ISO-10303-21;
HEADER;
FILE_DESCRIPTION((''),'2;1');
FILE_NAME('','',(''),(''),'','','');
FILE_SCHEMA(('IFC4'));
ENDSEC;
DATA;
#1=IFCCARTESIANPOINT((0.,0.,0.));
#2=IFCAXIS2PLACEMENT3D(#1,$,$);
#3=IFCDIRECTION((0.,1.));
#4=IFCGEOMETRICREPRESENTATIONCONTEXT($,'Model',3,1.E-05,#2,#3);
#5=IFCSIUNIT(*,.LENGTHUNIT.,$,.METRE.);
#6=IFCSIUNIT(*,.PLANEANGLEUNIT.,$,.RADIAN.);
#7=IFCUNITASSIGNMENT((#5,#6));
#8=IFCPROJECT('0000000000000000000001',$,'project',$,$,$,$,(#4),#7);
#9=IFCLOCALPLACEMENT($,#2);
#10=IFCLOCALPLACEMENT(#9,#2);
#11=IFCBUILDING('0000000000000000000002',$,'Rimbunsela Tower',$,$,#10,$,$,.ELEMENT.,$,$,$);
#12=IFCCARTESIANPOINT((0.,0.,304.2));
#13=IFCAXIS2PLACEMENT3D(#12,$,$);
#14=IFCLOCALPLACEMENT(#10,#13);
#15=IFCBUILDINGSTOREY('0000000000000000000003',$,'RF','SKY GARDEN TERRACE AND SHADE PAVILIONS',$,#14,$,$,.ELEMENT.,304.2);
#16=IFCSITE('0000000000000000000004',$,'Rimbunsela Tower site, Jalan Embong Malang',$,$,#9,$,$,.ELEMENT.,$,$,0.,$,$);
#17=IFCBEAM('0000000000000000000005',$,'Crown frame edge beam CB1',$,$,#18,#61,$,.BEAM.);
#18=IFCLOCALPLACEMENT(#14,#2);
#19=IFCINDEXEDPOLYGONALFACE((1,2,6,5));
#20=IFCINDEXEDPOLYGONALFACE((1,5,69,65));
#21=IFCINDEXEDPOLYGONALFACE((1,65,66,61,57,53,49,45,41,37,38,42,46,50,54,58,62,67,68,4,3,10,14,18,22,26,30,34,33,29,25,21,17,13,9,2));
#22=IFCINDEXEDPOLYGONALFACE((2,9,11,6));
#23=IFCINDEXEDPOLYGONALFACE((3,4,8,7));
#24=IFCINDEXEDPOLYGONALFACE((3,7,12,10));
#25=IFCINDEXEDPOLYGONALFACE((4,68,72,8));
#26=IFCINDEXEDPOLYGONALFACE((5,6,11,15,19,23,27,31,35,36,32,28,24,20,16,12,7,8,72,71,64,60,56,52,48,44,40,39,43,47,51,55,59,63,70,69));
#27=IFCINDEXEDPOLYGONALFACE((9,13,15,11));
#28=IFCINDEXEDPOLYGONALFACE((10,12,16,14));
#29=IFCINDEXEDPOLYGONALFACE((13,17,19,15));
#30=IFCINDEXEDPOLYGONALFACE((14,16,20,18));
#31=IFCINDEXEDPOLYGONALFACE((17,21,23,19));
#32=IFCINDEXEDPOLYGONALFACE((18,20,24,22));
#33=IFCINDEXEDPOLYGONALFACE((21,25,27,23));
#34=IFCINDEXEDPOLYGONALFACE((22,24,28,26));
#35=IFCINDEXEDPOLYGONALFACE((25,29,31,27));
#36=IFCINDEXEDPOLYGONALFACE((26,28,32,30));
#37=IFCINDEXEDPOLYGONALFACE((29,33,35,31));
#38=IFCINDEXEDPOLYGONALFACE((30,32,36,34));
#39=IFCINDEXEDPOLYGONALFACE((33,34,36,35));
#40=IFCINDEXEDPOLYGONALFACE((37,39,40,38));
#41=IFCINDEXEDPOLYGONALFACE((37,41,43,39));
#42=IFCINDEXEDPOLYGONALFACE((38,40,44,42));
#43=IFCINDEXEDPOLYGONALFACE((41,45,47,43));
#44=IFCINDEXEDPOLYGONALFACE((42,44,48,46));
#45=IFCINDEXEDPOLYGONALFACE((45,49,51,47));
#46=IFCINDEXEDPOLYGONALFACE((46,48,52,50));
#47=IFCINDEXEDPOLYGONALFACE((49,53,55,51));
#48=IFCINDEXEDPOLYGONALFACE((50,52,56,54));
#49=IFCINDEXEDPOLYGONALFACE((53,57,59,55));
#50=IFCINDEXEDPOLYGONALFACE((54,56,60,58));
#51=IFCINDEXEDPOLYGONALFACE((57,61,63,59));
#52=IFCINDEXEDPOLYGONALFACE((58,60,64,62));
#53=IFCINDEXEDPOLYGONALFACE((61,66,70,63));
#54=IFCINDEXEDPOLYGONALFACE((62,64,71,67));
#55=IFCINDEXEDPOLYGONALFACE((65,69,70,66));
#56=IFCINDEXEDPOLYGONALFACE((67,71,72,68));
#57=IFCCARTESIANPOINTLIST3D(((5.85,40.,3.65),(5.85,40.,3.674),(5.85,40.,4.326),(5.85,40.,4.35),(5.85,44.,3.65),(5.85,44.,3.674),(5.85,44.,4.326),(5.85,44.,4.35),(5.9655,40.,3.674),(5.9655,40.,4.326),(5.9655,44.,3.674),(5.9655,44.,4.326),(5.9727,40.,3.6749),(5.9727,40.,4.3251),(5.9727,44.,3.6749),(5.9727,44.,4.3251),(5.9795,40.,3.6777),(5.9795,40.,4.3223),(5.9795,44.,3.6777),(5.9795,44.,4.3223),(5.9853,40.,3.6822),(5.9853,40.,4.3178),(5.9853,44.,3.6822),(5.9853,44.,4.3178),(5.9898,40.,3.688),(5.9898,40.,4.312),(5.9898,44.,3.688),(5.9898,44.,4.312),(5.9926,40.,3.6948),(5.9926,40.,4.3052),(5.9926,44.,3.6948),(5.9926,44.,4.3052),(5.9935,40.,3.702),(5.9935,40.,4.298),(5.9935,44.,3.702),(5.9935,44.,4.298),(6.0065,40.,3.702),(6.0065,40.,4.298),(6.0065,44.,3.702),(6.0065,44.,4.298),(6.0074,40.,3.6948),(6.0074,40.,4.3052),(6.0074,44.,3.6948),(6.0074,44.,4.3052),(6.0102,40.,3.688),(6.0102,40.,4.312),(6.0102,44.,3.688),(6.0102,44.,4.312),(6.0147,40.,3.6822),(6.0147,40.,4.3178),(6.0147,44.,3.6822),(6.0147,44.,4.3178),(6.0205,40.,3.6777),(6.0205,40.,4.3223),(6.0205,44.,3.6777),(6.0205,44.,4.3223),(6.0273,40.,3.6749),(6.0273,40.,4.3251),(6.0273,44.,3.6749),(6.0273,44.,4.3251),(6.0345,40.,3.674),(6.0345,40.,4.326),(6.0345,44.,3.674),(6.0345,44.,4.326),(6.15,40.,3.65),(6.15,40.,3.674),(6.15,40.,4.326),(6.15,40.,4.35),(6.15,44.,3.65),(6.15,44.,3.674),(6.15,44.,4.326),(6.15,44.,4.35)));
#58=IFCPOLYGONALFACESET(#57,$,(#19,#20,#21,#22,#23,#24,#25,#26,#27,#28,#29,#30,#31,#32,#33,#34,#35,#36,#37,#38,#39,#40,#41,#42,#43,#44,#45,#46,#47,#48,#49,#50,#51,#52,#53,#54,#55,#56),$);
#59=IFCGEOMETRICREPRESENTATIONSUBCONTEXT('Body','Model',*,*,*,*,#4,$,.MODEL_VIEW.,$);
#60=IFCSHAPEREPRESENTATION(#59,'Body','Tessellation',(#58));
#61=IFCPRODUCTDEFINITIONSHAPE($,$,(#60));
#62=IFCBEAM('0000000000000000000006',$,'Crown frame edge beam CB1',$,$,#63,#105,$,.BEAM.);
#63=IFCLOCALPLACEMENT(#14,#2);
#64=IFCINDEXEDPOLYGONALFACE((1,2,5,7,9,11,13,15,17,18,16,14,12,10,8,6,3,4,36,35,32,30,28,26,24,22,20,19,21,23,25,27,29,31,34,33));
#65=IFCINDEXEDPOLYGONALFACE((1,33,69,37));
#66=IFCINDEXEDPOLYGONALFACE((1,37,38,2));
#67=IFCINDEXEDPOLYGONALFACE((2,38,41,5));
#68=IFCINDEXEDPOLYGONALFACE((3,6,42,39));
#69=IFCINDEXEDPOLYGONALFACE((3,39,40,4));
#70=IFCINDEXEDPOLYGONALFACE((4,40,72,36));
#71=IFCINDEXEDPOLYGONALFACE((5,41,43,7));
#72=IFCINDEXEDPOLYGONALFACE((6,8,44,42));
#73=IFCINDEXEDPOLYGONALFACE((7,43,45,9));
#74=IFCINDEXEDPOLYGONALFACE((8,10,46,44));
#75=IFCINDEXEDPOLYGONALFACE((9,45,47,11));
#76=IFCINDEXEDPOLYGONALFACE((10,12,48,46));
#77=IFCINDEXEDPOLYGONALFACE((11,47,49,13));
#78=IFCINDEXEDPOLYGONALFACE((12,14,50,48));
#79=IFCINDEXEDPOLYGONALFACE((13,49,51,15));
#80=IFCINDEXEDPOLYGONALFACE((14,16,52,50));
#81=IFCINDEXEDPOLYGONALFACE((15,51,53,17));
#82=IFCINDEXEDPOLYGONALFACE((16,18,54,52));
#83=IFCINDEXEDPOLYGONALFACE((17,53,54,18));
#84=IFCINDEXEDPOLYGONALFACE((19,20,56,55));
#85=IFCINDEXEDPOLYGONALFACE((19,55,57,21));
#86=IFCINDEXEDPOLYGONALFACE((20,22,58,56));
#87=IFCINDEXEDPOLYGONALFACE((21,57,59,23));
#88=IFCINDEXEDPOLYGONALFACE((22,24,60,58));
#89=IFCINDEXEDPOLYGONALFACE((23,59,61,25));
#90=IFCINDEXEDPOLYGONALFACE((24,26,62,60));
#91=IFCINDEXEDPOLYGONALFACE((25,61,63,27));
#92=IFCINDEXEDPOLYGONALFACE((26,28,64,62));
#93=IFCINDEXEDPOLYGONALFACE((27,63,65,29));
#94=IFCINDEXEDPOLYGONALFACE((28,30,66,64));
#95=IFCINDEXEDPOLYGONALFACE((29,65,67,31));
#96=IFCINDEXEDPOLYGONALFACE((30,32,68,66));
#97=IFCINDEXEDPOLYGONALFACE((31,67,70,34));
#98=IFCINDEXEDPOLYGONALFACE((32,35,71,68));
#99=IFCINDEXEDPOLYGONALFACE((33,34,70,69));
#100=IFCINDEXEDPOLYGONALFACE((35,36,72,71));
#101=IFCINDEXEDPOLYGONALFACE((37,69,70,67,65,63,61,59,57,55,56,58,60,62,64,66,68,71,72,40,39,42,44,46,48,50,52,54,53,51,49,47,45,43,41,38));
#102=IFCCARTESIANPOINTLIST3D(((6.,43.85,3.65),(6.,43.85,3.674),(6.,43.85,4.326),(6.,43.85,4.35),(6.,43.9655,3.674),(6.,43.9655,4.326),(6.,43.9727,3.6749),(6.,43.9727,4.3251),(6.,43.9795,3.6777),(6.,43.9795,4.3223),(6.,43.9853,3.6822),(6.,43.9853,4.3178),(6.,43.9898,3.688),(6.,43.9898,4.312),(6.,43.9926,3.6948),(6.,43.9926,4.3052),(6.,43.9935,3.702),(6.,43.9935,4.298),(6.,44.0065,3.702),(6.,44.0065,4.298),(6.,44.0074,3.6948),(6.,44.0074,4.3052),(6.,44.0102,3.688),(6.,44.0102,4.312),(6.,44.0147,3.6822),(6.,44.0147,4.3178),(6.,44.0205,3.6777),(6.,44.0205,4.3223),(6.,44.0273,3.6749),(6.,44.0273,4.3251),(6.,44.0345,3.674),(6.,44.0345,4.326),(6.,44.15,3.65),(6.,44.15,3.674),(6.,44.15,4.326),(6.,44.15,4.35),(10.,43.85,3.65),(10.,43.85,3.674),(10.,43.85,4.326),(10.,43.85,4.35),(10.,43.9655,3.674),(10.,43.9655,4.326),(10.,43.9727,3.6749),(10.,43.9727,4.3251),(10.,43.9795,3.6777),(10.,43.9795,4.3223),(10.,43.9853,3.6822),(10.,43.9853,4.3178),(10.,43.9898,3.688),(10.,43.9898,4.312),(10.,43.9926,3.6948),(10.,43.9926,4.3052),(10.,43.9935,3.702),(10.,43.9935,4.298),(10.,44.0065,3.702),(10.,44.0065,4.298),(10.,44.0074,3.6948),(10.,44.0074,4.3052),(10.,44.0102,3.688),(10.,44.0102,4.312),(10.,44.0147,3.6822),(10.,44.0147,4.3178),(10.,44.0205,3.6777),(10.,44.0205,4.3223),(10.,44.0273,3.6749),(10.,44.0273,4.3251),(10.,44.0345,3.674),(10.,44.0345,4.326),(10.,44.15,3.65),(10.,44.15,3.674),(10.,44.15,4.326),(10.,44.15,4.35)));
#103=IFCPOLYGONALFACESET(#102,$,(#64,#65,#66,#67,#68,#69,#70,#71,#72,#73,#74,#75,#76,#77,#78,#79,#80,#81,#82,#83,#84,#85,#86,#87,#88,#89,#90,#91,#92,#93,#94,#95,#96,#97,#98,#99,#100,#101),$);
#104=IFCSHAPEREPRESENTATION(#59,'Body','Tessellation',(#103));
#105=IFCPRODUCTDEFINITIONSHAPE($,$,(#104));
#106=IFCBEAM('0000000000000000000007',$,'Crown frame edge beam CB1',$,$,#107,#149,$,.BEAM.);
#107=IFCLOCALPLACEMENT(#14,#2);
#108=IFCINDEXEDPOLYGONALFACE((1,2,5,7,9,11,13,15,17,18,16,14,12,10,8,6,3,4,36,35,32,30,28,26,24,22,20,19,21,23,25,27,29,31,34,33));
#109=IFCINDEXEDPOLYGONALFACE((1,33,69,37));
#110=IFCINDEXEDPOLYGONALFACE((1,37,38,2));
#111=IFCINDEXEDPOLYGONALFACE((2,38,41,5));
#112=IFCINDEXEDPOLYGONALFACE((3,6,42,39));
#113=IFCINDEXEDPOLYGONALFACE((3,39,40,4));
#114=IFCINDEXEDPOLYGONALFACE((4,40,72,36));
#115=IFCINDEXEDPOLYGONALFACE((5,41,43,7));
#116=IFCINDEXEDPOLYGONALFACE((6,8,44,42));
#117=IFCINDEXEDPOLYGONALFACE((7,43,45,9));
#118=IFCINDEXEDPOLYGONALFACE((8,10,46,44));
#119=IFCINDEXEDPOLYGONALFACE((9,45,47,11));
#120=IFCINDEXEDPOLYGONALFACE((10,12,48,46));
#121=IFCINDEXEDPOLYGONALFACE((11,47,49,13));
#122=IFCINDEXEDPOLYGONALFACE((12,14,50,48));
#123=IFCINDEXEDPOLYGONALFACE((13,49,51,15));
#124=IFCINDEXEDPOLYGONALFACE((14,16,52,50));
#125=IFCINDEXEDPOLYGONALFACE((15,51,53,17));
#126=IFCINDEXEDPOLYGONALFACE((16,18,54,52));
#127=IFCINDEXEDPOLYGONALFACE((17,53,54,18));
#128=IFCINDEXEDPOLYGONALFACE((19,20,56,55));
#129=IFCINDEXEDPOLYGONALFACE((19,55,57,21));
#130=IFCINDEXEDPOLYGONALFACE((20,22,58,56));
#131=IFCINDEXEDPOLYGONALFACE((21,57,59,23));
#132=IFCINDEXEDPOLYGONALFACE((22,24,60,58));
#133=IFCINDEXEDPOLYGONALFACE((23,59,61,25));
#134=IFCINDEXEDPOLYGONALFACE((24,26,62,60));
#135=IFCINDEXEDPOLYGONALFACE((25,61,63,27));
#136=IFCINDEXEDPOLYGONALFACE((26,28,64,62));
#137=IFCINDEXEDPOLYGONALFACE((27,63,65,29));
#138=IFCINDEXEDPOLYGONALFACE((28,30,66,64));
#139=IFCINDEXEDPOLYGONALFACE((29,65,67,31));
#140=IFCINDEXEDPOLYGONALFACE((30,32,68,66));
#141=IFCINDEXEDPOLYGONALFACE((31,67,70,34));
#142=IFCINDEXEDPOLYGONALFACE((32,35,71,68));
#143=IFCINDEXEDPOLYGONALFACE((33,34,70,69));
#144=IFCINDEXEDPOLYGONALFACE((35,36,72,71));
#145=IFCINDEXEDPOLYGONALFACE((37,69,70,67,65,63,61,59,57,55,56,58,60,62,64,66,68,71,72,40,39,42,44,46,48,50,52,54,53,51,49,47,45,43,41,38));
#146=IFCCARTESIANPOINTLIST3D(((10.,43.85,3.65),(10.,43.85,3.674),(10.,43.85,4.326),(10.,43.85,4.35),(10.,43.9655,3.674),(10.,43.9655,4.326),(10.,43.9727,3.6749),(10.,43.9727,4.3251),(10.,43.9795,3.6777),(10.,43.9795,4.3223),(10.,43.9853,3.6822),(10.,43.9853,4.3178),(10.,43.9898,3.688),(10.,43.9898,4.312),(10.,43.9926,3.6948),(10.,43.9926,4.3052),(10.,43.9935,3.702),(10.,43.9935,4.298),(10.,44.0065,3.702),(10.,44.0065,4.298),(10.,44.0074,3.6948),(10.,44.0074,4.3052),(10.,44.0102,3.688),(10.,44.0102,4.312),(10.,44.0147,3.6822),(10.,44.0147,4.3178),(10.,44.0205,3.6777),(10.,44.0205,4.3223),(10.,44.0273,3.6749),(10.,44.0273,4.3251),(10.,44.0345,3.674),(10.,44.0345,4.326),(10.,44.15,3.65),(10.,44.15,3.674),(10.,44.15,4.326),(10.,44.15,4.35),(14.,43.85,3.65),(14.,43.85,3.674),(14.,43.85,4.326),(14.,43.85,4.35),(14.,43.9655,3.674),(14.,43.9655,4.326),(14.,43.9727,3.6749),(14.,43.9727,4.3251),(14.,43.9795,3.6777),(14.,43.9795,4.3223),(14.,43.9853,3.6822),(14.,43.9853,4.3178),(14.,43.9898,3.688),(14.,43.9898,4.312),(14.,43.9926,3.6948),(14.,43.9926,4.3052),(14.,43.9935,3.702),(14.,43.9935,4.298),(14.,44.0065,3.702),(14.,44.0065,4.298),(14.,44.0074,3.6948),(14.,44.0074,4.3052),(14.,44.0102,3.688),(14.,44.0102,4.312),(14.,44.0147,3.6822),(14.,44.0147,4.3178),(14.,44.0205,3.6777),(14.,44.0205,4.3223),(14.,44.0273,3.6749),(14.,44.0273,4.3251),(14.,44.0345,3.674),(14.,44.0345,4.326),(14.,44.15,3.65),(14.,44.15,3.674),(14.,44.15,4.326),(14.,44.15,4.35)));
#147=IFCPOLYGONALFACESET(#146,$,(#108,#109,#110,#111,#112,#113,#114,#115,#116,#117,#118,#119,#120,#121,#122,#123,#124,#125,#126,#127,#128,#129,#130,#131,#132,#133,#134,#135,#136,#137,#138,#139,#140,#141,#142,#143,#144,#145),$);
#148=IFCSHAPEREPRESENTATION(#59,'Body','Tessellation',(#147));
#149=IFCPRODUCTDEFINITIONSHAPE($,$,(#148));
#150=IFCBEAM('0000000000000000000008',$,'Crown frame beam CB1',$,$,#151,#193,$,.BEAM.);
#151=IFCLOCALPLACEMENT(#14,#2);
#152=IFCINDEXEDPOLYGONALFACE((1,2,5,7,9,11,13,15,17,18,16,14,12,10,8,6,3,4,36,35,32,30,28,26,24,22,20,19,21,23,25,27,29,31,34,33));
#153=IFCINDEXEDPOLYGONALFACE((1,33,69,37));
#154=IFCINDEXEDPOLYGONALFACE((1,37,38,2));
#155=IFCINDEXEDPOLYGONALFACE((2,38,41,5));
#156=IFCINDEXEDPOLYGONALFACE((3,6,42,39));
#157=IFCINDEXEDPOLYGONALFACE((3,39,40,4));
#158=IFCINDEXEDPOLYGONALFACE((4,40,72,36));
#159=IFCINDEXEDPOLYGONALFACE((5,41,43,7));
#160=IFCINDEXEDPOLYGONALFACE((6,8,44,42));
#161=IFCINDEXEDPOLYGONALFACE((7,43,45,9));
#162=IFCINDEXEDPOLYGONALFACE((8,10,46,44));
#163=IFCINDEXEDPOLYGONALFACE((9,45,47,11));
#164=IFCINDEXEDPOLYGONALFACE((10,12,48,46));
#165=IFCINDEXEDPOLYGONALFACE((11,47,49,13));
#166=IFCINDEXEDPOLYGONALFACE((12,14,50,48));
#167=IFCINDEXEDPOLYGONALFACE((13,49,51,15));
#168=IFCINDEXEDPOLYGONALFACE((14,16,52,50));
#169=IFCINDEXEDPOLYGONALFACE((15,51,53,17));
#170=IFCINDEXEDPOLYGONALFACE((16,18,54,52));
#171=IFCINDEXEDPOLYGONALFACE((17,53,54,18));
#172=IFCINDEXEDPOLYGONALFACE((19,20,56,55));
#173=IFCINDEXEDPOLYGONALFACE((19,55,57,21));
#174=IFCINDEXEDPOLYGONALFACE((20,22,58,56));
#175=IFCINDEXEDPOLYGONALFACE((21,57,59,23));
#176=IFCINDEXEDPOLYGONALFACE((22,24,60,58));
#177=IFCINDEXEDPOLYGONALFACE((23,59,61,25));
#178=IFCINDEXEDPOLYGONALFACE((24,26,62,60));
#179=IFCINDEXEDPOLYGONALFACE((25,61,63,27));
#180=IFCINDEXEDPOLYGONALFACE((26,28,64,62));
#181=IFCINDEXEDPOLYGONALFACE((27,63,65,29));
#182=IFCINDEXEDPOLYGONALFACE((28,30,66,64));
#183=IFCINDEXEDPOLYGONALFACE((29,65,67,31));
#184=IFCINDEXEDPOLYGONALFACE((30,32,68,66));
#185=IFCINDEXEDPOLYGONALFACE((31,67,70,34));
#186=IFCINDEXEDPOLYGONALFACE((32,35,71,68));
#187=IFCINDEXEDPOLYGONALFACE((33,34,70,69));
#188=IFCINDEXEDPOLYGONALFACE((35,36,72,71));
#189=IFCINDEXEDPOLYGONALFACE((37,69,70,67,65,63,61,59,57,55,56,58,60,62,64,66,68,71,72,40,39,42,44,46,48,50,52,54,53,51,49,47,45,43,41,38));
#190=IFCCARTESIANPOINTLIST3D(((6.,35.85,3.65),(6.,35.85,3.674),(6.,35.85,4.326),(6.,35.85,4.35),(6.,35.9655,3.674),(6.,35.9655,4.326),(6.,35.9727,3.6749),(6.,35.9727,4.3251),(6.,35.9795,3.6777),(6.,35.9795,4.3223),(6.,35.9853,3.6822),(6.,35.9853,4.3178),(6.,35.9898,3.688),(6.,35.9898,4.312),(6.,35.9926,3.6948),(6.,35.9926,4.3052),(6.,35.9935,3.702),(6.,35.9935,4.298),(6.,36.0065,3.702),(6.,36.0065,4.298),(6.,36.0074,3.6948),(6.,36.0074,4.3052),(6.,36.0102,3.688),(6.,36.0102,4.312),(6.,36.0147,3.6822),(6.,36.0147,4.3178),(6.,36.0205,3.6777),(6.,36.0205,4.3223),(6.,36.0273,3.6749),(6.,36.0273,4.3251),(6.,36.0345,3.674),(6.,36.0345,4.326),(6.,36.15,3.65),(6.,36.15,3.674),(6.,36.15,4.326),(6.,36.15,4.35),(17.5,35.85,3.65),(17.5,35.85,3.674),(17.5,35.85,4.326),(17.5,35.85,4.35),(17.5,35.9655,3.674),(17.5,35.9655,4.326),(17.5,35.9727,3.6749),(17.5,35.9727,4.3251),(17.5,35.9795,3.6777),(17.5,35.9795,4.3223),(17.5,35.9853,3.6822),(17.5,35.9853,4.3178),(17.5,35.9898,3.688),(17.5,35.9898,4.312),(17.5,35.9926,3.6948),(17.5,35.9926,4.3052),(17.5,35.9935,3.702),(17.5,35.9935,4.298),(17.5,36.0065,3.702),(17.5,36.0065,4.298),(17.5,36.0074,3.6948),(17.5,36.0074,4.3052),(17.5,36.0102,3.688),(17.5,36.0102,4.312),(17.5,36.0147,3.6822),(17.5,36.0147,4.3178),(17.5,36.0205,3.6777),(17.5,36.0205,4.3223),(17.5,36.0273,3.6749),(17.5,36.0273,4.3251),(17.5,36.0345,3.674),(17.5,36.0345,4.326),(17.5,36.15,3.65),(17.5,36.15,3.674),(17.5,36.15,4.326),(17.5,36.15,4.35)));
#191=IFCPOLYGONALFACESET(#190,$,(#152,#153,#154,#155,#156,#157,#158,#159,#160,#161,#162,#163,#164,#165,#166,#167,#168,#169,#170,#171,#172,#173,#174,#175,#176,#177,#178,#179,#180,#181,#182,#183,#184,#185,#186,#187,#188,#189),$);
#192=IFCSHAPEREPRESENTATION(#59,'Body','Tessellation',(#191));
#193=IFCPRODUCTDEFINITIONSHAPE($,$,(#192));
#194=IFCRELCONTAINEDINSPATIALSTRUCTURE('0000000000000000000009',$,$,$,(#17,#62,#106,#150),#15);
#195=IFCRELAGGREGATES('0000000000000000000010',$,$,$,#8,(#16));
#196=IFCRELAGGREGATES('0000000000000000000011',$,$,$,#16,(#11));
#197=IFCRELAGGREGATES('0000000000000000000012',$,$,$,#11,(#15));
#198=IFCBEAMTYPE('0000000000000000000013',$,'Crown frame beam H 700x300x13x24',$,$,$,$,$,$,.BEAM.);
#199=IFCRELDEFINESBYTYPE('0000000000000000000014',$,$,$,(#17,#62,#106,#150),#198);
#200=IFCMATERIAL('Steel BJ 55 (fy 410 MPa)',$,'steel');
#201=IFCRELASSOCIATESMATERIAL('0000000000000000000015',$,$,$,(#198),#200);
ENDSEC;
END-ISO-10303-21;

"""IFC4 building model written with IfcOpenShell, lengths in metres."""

from ifc_helpers import new_model, si_unit, direction, frame, origin, origin_2d, place, context, subcontext, project, spatial, i_section, extrude, material, material_profile, profile_set, type_object, element, save


model = new_model("IFC4")

# Units and contexts
model_context = context("Model", 3, precision=1e-05, world=origin(), true_north=direction((0.0, 1.0)))
body_context = subcontext(model_context, "Body", "Model", "MODEL_VIEW")
ifc_project = project(units=[si_unit("LENGTHUNIT", "METRE"), si_unit("PLANEANGLEUNIT", "RADIAN")], contexts=[model_context])

# Site, building, storey
site_placement = place(None, origin())
site = spatial("IfcSite", under=ifc_project, at=site_placement, Name="Rimbunsela Tower site, Jalan Embong Malang", CompositionType="ELEMENT", RefElevation=0.0)
building_placement = place(site_placement, origin())
building = spatial("IfcBuilding", under=site, at=building_placement, Name="Rimbunsela Tower", CompositionType="ELEMENT")
storey_placement = place(building_placement, frame((0.0, 0.0, 304.2)))
storey = spatial("IfcBuildingStorey", under=building, at=storey_placement, Name="RF", Description="SKY GARDEN TERRACE AND SHADE PAVILIONS", CompositionType="ELEMENT", Elevation=304.2)

# Beams
ifc_material_1 = material(Name="Steel BJ 55 (fy 410 MPa)", Category="steel")
ifc_material_profile_1 = material_profile(ifc_material_1, i_section(OverallWidth=0.3, OverallDepth=0.7, WebThickness=0.0129, FlangeThickness=0.0239, FilletRadius=0.0281, at=origin_2d()), Name="H 700x300x13x24")
ifc_profile_set_1 = profile_set([ifc_material_profile_1], Name="Steel BJ 55 (fy 410 MPa)")
beam_type_1 = type_object("IfcBeamType", Name="Crown frame beam H 700x300x13x24", PredefinedType="BEAM", material=ifc_profile_set_1)
for number, where, z_axis, x_axis, name in (
    (1, (6.0, 40.0, 4.0), (0.0, 1.0, 0.0), (-1.0, 0.0, 0.0), "Crown frame edge beam CB1"),
    (2, (6.0, 44.0, 4.0), (1.0, 0.0, 0.0), (0.0, 1.0, 0.0), "Crown frame edge beam CB1"),
    (3, (10.0, 44.0, 4.0), (1.0, 0.0, 0.0), (0.0, 1.0, 0.0), "Crown frame edge beam CB1"),
):
    element("IfcBeam", number, at=place(storey_placement, frame(where, z_axis=z_axis, x_axis=x_axis)), inside=storey, type_object=beam_type_1, Name=name, PredefinedType="BEAM", context=body_context, shape_type="SweptSolid", body=[
        extrude(i_section(OverallWidth=0.3, OverallDepth=0.7, WebThickness=0.0129, FlangeThickness=0.0239, FilletRadius=0.0281, at=origin_2d()), origin(), (0.0, 0.0, 1.0), 4.0),
    ])
beam_1_placement = place(storey_placement, frame((6.0, 36.0, 4.0), z_axis=(1.0, 0.0, 0.0), x_axis=(0.0, 1.0, 0.0)))
element("IfcBeam", 4, at=beam_1_placement, inside=storey, type_object=beam_type_1, Name="Crown frame beam CB1", PredefinedType="BEAM", context=body_context, shape_type="SweptSolid", body=[
    extrude(i_section(OverallWidth=0.3, OverallDepth=0.7, WebThickness=0.0129, FlangeThickness=0.0239, FilletRadius=0.0281, at=origin_2d()), origin(), (0.0, 0.0, 1.0), 11.5),
])

save(model, "model.ifc")
